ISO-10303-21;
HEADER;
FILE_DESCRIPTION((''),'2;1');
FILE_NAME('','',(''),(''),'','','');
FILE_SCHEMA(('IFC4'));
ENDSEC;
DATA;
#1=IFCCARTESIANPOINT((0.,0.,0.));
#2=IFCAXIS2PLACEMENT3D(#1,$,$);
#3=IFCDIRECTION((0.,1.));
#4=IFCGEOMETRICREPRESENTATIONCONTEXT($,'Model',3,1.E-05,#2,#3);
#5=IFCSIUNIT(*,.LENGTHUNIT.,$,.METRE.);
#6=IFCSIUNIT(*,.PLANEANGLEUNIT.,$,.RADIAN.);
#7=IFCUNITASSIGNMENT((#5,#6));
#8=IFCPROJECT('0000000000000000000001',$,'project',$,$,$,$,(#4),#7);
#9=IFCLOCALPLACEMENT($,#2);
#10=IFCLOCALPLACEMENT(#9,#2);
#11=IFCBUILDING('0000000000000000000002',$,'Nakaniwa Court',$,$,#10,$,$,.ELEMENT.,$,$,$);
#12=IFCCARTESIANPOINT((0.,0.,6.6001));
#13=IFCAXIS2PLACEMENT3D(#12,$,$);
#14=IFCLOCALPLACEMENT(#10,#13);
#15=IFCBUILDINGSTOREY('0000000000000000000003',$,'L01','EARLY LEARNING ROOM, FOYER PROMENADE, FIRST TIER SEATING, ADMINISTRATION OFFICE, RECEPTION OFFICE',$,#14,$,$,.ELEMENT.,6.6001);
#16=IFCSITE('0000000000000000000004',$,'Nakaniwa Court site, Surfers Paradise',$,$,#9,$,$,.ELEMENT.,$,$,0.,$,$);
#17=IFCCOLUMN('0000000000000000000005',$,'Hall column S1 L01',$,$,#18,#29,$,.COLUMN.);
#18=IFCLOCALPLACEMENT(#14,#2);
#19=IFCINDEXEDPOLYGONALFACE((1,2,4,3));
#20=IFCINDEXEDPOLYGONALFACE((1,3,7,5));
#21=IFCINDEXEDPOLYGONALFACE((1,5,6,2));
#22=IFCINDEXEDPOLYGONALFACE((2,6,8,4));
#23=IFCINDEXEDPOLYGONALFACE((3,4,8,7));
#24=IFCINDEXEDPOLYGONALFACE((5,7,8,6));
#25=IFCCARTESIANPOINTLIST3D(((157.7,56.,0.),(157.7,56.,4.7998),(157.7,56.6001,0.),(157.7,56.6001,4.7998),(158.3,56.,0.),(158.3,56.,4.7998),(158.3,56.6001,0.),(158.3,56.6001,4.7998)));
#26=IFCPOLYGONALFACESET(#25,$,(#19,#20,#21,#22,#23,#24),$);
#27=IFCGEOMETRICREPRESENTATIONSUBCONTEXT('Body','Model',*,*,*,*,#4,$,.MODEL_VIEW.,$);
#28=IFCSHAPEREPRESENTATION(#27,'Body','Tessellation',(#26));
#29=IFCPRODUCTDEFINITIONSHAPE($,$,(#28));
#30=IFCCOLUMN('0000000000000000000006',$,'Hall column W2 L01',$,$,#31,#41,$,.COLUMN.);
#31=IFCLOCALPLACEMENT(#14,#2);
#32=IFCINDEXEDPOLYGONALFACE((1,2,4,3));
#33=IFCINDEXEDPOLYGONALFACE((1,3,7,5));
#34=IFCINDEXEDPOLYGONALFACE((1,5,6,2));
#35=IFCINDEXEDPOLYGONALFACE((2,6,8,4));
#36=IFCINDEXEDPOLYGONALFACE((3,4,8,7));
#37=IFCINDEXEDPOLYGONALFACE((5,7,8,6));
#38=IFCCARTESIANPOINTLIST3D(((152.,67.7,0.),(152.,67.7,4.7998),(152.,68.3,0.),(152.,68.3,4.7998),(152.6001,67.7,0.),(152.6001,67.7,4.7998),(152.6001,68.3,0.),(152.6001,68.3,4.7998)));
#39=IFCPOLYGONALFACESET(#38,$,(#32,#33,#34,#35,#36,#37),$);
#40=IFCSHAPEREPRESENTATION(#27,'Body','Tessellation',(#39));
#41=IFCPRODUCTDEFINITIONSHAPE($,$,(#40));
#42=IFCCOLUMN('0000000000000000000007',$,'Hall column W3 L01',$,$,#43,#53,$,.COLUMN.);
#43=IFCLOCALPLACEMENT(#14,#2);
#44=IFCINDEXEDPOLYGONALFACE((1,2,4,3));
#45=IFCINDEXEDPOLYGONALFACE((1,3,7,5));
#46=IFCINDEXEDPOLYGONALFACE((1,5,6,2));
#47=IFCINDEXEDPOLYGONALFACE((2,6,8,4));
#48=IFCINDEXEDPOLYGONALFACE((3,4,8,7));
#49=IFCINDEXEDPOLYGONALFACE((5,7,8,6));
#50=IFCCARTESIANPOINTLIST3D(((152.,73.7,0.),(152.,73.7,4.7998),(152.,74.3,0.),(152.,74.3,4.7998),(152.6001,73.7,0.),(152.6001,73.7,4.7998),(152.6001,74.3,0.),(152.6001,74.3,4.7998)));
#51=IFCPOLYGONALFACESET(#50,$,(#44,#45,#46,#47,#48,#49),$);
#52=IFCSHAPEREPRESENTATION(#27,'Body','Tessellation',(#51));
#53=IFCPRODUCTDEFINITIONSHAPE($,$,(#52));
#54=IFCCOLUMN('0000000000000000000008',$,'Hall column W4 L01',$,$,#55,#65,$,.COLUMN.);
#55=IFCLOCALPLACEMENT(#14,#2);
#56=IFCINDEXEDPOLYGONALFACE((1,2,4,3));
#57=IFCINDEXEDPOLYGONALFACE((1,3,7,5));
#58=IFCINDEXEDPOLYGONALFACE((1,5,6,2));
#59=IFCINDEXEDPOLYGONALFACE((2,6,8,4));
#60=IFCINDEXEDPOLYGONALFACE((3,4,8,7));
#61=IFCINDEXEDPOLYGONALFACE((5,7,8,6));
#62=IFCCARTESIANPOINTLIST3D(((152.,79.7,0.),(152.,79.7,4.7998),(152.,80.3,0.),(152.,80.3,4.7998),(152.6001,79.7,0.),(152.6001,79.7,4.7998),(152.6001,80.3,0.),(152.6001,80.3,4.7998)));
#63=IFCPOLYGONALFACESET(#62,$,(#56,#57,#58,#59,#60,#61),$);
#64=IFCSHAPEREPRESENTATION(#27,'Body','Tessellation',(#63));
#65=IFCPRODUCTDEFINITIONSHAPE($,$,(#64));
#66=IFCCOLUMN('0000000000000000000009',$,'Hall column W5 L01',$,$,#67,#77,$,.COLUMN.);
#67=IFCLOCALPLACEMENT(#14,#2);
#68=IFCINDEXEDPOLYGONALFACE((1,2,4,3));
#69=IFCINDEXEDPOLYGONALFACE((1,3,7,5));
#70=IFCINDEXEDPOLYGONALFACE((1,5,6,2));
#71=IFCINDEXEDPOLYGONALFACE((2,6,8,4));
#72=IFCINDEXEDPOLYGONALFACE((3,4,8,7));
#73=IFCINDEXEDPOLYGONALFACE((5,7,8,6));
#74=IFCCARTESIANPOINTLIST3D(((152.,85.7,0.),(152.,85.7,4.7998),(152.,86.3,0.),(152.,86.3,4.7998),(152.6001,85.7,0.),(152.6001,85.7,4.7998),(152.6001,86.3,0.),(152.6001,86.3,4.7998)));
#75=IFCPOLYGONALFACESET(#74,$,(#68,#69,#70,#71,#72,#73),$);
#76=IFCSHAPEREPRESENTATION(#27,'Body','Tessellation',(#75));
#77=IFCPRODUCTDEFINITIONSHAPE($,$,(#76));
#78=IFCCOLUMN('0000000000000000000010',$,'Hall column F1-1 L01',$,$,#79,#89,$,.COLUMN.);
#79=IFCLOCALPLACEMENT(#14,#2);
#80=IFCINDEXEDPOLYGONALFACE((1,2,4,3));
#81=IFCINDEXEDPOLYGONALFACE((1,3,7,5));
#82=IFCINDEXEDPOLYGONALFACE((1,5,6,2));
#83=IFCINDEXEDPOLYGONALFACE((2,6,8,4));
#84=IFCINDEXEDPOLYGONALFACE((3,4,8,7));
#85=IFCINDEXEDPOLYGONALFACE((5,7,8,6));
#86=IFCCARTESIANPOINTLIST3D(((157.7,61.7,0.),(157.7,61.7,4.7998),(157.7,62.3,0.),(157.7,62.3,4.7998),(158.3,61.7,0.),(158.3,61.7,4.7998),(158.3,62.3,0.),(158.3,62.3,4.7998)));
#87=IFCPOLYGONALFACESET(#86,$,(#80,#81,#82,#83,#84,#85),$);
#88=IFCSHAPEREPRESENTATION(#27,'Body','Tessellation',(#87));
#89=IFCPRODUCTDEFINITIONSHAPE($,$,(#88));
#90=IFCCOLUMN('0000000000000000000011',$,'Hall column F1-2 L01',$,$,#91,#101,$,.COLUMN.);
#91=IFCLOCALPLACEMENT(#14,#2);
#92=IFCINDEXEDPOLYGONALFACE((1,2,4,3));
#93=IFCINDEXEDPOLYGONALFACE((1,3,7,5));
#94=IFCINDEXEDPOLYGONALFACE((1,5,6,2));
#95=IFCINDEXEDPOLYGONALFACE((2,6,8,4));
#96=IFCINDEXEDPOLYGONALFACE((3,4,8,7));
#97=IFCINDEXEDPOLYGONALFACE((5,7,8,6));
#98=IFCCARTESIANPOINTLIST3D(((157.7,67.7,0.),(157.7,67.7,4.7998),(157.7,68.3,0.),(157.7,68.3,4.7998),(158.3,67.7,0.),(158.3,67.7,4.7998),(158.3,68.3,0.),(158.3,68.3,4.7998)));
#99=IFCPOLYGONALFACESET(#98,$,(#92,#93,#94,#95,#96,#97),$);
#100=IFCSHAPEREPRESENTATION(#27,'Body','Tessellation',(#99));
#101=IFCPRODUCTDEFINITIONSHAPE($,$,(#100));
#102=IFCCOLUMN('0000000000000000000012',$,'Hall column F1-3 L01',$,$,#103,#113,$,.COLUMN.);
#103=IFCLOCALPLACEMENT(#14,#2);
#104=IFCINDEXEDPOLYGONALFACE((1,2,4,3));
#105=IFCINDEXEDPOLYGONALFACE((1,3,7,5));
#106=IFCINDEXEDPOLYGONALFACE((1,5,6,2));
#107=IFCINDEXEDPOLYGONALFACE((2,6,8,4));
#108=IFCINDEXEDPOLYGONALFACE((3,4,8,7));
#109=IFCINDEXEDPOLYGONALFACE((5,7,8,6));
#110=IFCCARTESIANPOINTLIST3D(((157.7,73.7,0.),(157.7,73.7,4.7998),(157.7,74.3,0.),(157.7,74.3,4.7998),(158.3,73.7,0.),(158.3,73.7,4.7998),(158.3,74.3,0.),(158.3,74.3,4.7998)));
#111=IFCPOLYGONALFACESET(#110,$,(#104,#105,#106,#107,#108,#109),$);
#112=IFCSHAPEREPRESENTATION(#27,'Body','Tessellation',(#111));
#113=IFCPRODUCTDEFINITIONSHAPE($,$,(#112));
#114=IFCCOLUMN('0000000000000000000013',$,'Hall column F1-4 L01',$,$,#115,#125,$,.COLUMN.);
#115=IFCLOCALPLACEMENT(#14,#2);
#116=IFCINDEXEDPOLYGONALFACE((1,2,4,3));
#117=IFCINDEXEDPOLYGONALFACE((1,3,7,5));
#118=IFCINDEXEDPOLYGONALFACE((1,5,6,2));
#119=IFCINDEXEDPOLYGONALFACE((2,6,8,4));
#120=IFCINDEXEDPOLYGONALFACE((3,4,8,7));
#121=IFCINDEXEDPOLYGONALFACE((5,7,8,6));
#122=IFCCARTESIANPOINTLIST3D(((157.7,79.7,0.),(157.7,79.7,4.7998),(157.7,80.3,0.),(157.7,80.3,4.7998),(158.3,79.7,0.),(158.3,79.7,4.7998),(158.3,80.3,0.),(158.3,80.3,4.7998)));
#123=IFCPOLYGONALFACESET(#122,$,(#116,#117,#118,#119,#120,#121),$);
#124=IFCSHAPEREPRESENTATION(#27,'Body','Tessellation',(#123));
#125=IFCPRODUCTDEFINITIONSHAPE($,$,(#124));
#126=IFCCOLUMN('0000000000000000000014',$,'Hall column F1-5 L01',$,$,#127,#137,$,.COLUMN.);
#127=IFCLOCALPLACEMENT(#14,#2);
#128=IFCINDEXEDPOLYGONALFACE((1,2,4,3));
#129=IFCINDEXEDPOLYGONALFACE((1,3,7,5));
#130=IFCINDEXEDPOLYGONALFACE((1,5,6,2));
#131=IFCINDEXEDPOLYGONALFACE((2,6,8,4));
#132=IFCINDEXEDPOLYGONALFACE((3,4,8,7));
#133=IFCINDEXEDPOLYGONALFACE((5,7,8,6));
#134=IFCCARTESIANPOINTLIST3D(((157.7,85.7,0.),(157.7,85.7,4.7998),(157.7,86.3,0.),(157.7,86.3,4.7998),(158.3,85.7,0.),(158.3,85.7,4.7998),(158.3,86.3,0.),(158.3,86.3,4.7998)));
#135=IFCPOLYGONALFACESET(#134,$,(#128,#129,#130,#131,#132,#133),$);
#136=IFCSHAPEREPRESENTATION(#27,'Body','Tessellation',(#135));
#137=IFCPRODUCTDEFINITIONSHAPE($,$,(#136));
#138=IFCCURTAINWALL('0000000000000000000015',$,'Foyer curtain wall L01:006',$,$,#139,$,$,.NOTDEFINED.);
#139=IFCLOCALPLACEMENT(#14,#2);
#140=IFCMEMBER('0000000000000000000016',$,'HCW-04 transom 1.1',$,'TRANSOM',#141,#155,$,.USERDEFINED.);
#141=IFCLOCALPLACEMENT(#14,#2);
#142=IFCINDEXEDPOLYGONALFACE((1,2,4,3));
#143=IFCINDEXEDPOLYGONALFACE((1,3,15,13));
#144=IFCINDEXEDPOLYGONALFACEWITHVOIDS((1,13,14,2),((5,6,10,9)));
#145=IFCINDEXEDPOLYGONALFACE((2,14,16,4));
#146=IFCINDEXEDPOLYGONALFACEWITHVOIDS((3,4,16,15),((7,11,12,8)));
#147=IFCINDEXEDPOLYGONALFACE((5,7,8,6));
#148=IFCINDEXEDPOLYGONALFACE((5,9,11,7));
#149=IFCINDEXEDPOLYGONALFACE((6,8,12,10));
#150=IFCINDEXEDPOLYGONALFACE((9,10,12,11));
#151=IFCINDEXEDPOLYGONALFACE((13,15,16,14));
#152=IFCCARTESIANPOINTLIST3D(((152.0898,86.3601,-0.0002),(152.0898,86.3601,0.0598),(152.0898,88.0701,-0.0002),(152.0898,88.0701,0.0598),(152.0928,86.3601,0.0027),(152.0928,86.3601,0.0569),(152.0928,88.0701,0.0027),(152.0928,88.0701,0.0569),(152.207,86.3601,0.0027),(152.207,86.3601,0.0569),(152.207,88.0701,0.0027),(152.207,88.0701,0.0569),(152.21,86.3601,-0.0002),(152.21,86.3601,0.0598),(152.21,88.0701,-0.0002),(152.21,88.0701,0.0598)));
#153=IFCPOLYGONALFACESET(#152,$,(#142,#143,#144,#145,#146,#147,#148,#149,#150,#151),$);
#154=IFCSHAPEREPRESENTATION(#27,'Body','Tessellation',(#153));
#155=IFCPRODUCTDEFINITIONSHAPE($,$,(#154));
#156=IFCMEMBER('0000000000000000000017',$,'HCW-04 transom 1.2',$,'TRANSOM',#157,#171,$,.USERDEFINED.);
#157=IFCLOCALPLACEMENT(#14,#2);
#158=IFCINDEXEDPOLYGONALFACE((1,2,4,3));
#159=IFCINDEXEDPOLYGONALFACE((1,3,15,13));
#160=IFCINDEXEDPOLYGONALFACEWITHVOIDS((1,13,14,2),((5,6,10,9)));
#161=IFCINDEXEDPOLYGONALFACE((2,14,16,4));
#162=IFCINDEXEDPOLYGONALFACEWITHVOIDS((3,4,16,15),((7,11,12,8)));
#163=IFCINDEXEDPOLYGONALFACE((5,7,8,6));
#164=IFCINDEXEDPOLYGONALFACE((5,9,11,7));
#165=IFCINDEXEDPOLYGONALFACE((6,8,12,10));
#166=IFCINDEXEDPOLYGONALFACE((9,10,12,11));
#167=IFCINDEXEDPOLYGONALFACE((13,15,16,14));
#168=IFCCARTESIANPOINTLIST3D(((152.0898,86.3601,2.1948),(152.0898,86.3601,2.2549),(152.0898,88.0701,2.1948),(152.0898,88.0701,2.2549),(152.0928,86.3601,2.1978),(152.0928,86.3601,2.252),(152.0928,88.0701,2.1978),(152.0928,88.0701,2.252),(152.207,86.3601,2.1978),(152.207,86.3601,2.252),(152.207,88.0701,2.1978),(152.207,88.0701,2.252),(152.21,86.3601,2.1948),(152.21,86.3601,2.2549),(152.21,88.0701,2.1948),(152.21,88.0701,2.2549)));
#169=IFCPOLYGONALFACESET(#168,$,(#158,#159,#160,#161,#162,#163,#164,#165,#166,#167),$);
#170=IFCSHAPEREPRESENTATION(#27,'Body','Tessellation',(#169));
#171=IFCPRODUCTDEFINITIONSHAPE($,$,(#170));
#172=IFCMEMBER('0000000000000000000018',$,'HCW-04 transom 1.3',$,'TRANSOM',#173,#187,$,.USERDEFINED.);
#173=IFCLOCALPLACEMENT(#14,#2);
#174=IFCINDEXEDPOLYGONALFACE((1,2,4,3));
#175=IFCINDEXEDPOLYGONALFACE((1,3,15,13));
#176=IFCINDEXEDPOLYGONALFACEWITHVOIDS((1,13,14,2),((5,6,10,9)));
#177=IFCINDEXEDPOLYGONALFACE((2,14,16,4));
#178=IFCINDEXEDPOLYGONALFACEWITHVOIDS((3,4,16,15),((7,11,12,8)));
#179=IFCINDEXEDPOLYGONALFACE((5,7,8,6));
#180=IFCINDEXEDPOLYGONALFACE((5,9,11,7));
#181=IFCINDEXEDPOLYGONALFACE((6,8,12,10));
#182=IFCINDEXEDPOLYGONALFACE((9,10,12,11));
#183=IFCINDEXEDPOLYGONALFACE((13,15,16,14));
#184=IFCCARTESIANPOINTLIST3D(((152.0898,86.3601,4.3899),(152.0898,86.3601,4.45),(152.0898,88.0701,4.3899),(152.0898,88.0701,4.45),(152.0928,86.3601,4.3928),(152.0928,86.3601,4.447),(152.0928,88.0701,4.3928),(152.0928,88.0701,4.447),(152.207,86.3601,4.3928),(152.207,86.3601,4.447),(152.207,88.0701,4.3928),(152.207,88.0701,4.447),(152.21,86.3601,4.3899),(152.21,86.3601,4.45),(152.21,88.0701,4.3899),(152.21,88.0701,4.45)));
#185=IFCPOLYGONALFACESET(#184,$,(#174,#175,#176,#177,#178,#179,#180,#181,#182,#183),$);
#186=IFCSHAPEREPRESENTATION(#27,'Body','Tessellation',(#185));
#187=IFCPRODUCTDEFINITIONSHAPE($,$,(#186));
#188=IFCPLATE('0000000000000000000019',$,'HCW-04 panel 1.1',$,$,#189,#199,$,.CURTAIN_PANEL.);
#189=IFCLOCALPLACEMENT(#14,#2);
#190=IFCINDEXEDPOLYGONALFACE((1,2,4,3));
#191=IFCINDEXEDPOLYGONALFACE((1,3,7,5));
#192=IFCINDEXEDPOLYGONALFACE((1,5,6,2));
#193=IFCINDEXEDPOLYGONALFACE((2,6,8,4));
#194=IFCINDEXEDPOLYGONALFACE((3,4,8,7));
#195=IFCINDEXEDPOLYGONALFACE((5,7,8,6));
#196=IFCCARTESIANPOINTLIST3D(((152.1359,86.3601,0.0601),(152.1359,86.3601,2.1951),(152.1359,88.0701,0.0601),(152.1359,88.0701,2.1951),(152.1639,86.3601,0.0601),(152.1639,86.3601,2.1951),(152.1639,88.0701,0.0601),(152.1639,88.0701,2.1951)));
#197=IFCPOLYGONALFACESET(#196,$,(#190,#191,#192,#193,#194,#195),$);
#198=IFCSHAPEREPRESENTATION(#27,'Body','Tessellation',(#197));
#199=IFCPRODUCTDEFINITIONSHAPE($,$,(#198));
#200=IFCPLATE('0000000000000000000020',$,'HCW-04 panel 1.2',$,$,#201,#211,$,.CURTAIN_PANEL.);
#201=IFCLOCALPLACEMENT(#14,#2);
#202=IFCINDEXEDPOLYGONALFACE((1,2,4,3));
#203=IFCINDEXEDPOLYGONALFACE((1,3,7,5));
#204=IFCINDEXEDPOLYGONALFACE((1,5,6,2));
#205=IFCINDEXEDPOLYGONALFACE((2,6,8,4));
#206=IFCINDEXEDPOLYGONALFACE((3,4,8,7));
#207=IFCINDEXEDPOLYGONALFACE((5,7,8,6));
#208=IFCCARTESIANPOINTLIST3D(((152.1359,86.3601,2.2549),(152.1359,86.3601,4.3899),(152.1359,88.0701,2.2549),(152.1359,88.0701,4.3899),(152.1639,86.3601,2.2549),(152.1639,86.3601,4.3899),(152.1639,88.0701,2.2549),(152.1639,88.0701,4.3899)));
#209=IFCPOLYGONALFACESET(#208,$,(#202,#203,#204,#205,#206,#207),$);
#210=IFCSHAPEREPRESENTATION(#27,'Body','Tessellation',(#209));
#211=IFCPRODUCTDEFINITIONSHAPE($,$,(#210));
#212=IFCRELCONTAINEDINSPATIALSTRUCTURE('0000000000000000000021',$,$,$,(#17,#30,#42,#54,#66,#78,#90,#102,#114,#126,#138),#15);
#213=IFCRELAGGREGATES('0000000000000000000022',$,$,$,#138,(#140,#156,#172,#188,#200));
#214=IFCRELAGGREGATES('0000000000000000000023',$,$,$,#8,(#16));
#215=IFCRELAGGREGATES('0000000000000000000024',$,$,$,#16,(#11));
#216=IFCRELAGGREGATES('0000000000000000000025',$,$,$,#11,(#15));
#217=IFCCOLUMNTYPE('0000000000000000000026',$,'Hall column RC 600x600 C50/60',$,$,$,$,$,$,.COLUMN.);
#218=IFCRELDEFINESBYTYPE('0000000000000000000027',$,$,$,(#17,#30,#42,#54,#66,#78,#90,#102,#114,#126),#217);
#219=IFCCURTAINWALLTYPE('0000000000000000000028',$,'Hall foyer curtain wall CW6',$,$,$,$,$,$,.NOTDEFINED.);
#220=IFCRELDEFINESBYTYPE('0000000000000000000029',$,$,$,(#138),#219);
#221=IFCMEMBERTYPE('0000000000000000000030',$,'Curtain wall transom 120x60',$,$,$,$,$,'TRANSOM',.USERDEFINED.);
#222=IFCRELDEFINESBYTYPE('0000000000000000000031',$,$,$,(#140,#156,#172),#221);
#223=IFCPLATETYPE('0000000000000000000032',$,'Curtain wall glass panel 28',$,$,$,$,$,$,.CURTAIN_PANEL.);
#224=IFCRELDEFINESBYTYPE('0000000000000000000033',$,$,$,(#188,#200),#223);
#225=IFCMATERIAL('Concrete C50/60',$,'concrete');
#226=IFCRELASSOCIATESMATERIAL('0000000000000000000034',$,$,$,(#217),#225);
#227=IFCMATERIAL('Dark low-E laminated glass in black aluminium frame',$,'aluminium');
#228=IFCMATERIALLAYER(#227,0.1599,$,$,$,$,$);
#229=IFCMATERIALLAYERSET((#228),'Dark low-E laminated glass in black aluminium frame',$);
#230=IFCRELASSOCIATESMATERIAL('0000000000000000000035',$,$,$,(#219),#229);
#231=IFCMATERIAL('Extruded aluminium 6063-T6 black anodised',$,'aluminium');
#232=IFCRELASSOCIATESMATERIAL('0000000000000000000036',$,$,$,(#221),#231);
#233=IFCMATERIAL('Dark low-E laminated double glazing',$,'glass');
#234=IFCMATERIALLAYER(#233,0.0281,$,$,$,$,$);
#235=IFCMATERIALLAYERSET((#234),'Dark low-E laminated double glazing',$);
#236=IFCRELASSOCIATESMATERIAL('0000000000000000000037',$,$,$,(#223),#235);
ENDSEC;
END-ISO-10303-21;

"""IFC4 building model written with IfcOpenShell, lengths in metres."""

from ifc_helpers import new_model, si_unit, direction, frame, origin, origin_2d, place, context, subcontext, project, spatial, rectangle, hollow_rectangle, extrude, material, layer, layer_set, material_profile, profile_set, type_object, element, aggregate, save


model = new_model("IFC4")

# Units and contexts
model_context = context("Model", 3, precision=1e-05, world=origin(), true_north=direction((0.0, 1.0)))
body_context = subcontext(model_context, "Body", "Model", "MODEL_VIEW")
ifc_project = project(units=[si_unit("LENGTHUNIT", "METRE"), si_unit("PLANEANGLEUNIT", "RADIAN")], contexts=[model_context])

# Site, building, storey
site_placement = place(None, origin())
site = spatial("IfcSite", under=ifc_project, at=site_placement, Name="Nakaniwa Court site, Surfers Paradise", CompositionType="ELEMENT", RefElevation=0.0)
building_placement = place(site_placement, origin())
building = spatial("IfcBuilding", under=site, at=building_placement, Name="Nakaniwa Court", CompositionType="ELEMENT")
storey_placement = place(building_placement, frame((0.0, 0.0, 6.6001)))
storey = spatial("IfcBuildingStorey", under=building, at=storey_placement, Name="L01", Description="EARLY LEARNING ROOM, FOYER PROMENADE, FIRST TIER SEATING, ADMINISTRATION OFFICE, RECEPTION OFFICE", CompositionType="ELEMENT", Elevation=6.6001)

# Columns
ifc_material_1 = material(Name="Concrete C50/60", Category="concrete")
ifc_material_profile_1 = material_profile(ifc_material_1, rectangle(XDim=0.6001, YDim=0.6001, at=origin_2d()), Name="RC 600x600")
ifc_profile_set_1 = profile_set([ifc_material_profile_1], Name="Concrete C50/60")
column_type = type_object("IfcColumnType", Name="Hall column RC 600x600 C50/60", PredefinedType="COLUMN", material=ifc_profile_set_1)
for number, where, z_axis, x_axis, name in (
    (1, (158.0, 56.3, 0.0), (0.0, 0.0, 1.0), (1.0, 0.0, 0.0), "Hall column S1 L01"),
    (2, (152.3, 68.0, 0.0), (0.0, 0.0, 1.0), (1.0, 0.0, 0.0), "Hall column W2 L01"),
    (3, (152.3, 74.0, 0.0), (0.0, 0.0, 1.0), (1.0, 0.0, 0.0), "Hall column W3 L01"),
    (4, (152.3, 80.0, 0.0), (0.0, 0.0, 1.0), (1.0, 0.0, 0.0), "Hall column W4 L01"),
    (5, (152.3, 86.0, 0.0), (0.0, 0.0, 1.0), (1.0, 0.0, 0.0), "Hall column W5 L01"),
    (6, (158.0, 62.0, 0.0), (0.0, 0.0, 1.0), (1.0, 0.0, 0.0), "Hall column F1-1 L01"),
    (7, (158.0, 68.0, 0.0), (0.0, 0.0, 1.0), (1.0, 0.0, 0.0), "Hall column F1-2 L01"),
    (8, (158.0, 74.0, 0.0), (0.0, 0.0, 1.0), (1.0, 0.0, 0.0), "Hall column F1-3 L01"),
    (9, (158.0, 80.0, 0.0), (0.0, 0.0, 1.0), (1.0, 0.0, 0.0), "Hall column F1-4 L01"),
    (10, (158.0, 86.0, 0.0), (0.0, 0.0, 1.0), (1.0, 0.0, 0.0), "Hall column F1-5 L01"),
):
    element("IfcColumn", number, at=place(storey_placement, frame(where, z_axis=z_axis, x_axis=x_axis)), inside=storey, type_object=column_type, Name=name, PredefinedType="COLUMN", context=body_context, shape_type="SweptSolid", body=[
        extrude(rectangle(XDim=0.6001, YDim=0.6001, at=origin_2d()), origin(), (0.0, 0.0, 1.0), 4.7998),
    ])

# Curtain wall, members, plates
ifc_material_2 = material(Name="Dark low-E laminated glass in black aluminium frame", Category="aluminium")
ifc_layer_1 = layer(ifc_material_2, 0.1599)
ifc_layer_set_1 = layer_set([ifc_layer_1], Name="Dark low-E laminated glass in black aluminium frame")
curtain_wall_type = type_object("IfcCurtainWallType", Name="Hall foyer curtain wall CW6", PredefinedType="NOTDEFINED", material=ifc_layer_set_1)
curtain_wall_placement = place(storey_placement, origin())
curtain_wall = element("IfcCurtainWall", 11, at=curtain_wall_placement, inside=storey, type_object=curtain_wall_type, Name="Foyer curtain wall L01:006", PredefinedType="NOTDEFINED")
ifc_material_3 = material(Name="Extruded aluminium 6063-T6 black anodised", Category="aluminium")
ifc_material_profile_2 = material_profile(ifc_material_3, hollow_rectangle(XDim=0.1201, YDim=0.0601, WallThickness=0.0029, at=origin_2d()), Name="CW transom 120x60")
ifc_profile_set_2 = profile_set([ifc_material_profile_2], Name="Extruded aluminium 6063-T6 black anodised")
member_type = type_object("IfcMemberType", Name="Curtain wall transom 120x60", ElementType="TRANSOM", PredefinedType="USERDEFINED", material=ifc_profile_set_2)
member_1_placement = place(storey_placement, frame((152.1499, 86.3601, 0.0298), z_axis=(0.0, 1.0, 0.0), x_axis=(-1.0, 0.0, 0.0)))
member_1 = element("IfcMember", 12, at=member_1_placement, type_object=member_type, Name="HCW-04 transom 1.1", ObjectType="TRANSOM", PredefinedType="USERDEFINED", context=body_context, shape_type="SweptSolid", body=[
    extrude(hollow_rectangle(XDim=0.1201, YDim=0.0601, WallThickness=0.0029, at=origin_2d()), origin(), (0.0, 0.0, 1.0), 1.71),
])
member_2_placement = place(storey_placement, frame((152.1499, 86.3601, 2.2249), z_axis=(0.0, 1.0, 0.0), x_axis=(-1.0, 0.0, 0.0)))
member_2 = element("IfcMember", 13, at=member_2_placement, type_object=member_type, Name="HCW-04 transom 1.2", ObjectType="TRANSOM", PredefinedType="USERDEFINED", context=body_context, shape_type="SweptSolid", body=[
    extrude(hollow_rectangle(XDim=0.1201, YDim=0.0601, WallThickness=0.0029, at=origin_2d()), origin(), (0.0, 0.0, 1.0), 1.71),
])
member_3_placement = place(storey_placement, frame((152.1499, 86.3601, 4.4199), z_axis=(0.0, 1.0, 0.0), x_axis=(-1.0, 0.0, 0.0)))
member_3 = element("IfcMember", 14, at=member_3_placement, type_object=member_type, Name="HCW-04 transom 1.3", ObjectType="TRANSOM", PredefinedType="USERDEFINED", context=body_context, shape_type="SweptSolid", body=[
    extrude(hollow_rectangle(XDim=0.1201, YDim=0.0601, WallThickness=0.0029, at=origin_2d()), origin(), (0.0, 0.0, 1.0), 1.71),
])
ifc_material_4 = material(Name="Dark low-E laminated double glazing", Category="glass")
ifc_layer_2 = layer(ifc_material_4, 0.0281)
ifc_layer_set_2 = layer_set([ifc_layer_2], Name="Dark low-E laminated double glazing")
plate_type = type_object("IfcPlateType", Name="Curtain wall glass panel 28", PredefinedType="CURTAIN_PANEL", material=ifc_layer_set_2)
plate_1_placement = place(storey_placement, frame((152.1499, 87.2151, 0.0601), z_axis=(0.0, 0.0, 1.0), x_axis=(0.0, 1.0, 0.0)))
plate_1 = element("IfcPlate", 15, at=plate_1_placement, type_object=plate_type, Name="HCW-04 panel 1.1", PredefinedType="CURTAIN_PANEL", context=body_context, shape_type="SweptSolid", body=[
    extrude(rectangle(XDim=1.71, YDim=0.0281, at=origin_2d()), origin(), (0.0, 0.0, 1.0), 2.135),
])
plate_2_placement = place(storey_placement, frame((152.1499, 87.2151, 2.2549), z_axis=(0.0, 0.0, 1.0), x_axis=(0.0, 1.0, 0.0)))
plate_2 = element("IfcPlate", 16, at=plate_2_placement, type_object=plate_type, Name="HCW-04 panel 1.2", PredefinedType="CURTAIN_PANEL", context=body_context, shape_type="SweptSolid", body=[
    extrude(rectangle(XDim=1.71, YDim=0.0281, at=origin_2d()), origin(), (0.0, 0.0, 1.0), 2.135),
])
aggregate(curtain_wall, [member_1, member_2, member_3, plate_1, plate_2])

save(model, "model.ifc")
